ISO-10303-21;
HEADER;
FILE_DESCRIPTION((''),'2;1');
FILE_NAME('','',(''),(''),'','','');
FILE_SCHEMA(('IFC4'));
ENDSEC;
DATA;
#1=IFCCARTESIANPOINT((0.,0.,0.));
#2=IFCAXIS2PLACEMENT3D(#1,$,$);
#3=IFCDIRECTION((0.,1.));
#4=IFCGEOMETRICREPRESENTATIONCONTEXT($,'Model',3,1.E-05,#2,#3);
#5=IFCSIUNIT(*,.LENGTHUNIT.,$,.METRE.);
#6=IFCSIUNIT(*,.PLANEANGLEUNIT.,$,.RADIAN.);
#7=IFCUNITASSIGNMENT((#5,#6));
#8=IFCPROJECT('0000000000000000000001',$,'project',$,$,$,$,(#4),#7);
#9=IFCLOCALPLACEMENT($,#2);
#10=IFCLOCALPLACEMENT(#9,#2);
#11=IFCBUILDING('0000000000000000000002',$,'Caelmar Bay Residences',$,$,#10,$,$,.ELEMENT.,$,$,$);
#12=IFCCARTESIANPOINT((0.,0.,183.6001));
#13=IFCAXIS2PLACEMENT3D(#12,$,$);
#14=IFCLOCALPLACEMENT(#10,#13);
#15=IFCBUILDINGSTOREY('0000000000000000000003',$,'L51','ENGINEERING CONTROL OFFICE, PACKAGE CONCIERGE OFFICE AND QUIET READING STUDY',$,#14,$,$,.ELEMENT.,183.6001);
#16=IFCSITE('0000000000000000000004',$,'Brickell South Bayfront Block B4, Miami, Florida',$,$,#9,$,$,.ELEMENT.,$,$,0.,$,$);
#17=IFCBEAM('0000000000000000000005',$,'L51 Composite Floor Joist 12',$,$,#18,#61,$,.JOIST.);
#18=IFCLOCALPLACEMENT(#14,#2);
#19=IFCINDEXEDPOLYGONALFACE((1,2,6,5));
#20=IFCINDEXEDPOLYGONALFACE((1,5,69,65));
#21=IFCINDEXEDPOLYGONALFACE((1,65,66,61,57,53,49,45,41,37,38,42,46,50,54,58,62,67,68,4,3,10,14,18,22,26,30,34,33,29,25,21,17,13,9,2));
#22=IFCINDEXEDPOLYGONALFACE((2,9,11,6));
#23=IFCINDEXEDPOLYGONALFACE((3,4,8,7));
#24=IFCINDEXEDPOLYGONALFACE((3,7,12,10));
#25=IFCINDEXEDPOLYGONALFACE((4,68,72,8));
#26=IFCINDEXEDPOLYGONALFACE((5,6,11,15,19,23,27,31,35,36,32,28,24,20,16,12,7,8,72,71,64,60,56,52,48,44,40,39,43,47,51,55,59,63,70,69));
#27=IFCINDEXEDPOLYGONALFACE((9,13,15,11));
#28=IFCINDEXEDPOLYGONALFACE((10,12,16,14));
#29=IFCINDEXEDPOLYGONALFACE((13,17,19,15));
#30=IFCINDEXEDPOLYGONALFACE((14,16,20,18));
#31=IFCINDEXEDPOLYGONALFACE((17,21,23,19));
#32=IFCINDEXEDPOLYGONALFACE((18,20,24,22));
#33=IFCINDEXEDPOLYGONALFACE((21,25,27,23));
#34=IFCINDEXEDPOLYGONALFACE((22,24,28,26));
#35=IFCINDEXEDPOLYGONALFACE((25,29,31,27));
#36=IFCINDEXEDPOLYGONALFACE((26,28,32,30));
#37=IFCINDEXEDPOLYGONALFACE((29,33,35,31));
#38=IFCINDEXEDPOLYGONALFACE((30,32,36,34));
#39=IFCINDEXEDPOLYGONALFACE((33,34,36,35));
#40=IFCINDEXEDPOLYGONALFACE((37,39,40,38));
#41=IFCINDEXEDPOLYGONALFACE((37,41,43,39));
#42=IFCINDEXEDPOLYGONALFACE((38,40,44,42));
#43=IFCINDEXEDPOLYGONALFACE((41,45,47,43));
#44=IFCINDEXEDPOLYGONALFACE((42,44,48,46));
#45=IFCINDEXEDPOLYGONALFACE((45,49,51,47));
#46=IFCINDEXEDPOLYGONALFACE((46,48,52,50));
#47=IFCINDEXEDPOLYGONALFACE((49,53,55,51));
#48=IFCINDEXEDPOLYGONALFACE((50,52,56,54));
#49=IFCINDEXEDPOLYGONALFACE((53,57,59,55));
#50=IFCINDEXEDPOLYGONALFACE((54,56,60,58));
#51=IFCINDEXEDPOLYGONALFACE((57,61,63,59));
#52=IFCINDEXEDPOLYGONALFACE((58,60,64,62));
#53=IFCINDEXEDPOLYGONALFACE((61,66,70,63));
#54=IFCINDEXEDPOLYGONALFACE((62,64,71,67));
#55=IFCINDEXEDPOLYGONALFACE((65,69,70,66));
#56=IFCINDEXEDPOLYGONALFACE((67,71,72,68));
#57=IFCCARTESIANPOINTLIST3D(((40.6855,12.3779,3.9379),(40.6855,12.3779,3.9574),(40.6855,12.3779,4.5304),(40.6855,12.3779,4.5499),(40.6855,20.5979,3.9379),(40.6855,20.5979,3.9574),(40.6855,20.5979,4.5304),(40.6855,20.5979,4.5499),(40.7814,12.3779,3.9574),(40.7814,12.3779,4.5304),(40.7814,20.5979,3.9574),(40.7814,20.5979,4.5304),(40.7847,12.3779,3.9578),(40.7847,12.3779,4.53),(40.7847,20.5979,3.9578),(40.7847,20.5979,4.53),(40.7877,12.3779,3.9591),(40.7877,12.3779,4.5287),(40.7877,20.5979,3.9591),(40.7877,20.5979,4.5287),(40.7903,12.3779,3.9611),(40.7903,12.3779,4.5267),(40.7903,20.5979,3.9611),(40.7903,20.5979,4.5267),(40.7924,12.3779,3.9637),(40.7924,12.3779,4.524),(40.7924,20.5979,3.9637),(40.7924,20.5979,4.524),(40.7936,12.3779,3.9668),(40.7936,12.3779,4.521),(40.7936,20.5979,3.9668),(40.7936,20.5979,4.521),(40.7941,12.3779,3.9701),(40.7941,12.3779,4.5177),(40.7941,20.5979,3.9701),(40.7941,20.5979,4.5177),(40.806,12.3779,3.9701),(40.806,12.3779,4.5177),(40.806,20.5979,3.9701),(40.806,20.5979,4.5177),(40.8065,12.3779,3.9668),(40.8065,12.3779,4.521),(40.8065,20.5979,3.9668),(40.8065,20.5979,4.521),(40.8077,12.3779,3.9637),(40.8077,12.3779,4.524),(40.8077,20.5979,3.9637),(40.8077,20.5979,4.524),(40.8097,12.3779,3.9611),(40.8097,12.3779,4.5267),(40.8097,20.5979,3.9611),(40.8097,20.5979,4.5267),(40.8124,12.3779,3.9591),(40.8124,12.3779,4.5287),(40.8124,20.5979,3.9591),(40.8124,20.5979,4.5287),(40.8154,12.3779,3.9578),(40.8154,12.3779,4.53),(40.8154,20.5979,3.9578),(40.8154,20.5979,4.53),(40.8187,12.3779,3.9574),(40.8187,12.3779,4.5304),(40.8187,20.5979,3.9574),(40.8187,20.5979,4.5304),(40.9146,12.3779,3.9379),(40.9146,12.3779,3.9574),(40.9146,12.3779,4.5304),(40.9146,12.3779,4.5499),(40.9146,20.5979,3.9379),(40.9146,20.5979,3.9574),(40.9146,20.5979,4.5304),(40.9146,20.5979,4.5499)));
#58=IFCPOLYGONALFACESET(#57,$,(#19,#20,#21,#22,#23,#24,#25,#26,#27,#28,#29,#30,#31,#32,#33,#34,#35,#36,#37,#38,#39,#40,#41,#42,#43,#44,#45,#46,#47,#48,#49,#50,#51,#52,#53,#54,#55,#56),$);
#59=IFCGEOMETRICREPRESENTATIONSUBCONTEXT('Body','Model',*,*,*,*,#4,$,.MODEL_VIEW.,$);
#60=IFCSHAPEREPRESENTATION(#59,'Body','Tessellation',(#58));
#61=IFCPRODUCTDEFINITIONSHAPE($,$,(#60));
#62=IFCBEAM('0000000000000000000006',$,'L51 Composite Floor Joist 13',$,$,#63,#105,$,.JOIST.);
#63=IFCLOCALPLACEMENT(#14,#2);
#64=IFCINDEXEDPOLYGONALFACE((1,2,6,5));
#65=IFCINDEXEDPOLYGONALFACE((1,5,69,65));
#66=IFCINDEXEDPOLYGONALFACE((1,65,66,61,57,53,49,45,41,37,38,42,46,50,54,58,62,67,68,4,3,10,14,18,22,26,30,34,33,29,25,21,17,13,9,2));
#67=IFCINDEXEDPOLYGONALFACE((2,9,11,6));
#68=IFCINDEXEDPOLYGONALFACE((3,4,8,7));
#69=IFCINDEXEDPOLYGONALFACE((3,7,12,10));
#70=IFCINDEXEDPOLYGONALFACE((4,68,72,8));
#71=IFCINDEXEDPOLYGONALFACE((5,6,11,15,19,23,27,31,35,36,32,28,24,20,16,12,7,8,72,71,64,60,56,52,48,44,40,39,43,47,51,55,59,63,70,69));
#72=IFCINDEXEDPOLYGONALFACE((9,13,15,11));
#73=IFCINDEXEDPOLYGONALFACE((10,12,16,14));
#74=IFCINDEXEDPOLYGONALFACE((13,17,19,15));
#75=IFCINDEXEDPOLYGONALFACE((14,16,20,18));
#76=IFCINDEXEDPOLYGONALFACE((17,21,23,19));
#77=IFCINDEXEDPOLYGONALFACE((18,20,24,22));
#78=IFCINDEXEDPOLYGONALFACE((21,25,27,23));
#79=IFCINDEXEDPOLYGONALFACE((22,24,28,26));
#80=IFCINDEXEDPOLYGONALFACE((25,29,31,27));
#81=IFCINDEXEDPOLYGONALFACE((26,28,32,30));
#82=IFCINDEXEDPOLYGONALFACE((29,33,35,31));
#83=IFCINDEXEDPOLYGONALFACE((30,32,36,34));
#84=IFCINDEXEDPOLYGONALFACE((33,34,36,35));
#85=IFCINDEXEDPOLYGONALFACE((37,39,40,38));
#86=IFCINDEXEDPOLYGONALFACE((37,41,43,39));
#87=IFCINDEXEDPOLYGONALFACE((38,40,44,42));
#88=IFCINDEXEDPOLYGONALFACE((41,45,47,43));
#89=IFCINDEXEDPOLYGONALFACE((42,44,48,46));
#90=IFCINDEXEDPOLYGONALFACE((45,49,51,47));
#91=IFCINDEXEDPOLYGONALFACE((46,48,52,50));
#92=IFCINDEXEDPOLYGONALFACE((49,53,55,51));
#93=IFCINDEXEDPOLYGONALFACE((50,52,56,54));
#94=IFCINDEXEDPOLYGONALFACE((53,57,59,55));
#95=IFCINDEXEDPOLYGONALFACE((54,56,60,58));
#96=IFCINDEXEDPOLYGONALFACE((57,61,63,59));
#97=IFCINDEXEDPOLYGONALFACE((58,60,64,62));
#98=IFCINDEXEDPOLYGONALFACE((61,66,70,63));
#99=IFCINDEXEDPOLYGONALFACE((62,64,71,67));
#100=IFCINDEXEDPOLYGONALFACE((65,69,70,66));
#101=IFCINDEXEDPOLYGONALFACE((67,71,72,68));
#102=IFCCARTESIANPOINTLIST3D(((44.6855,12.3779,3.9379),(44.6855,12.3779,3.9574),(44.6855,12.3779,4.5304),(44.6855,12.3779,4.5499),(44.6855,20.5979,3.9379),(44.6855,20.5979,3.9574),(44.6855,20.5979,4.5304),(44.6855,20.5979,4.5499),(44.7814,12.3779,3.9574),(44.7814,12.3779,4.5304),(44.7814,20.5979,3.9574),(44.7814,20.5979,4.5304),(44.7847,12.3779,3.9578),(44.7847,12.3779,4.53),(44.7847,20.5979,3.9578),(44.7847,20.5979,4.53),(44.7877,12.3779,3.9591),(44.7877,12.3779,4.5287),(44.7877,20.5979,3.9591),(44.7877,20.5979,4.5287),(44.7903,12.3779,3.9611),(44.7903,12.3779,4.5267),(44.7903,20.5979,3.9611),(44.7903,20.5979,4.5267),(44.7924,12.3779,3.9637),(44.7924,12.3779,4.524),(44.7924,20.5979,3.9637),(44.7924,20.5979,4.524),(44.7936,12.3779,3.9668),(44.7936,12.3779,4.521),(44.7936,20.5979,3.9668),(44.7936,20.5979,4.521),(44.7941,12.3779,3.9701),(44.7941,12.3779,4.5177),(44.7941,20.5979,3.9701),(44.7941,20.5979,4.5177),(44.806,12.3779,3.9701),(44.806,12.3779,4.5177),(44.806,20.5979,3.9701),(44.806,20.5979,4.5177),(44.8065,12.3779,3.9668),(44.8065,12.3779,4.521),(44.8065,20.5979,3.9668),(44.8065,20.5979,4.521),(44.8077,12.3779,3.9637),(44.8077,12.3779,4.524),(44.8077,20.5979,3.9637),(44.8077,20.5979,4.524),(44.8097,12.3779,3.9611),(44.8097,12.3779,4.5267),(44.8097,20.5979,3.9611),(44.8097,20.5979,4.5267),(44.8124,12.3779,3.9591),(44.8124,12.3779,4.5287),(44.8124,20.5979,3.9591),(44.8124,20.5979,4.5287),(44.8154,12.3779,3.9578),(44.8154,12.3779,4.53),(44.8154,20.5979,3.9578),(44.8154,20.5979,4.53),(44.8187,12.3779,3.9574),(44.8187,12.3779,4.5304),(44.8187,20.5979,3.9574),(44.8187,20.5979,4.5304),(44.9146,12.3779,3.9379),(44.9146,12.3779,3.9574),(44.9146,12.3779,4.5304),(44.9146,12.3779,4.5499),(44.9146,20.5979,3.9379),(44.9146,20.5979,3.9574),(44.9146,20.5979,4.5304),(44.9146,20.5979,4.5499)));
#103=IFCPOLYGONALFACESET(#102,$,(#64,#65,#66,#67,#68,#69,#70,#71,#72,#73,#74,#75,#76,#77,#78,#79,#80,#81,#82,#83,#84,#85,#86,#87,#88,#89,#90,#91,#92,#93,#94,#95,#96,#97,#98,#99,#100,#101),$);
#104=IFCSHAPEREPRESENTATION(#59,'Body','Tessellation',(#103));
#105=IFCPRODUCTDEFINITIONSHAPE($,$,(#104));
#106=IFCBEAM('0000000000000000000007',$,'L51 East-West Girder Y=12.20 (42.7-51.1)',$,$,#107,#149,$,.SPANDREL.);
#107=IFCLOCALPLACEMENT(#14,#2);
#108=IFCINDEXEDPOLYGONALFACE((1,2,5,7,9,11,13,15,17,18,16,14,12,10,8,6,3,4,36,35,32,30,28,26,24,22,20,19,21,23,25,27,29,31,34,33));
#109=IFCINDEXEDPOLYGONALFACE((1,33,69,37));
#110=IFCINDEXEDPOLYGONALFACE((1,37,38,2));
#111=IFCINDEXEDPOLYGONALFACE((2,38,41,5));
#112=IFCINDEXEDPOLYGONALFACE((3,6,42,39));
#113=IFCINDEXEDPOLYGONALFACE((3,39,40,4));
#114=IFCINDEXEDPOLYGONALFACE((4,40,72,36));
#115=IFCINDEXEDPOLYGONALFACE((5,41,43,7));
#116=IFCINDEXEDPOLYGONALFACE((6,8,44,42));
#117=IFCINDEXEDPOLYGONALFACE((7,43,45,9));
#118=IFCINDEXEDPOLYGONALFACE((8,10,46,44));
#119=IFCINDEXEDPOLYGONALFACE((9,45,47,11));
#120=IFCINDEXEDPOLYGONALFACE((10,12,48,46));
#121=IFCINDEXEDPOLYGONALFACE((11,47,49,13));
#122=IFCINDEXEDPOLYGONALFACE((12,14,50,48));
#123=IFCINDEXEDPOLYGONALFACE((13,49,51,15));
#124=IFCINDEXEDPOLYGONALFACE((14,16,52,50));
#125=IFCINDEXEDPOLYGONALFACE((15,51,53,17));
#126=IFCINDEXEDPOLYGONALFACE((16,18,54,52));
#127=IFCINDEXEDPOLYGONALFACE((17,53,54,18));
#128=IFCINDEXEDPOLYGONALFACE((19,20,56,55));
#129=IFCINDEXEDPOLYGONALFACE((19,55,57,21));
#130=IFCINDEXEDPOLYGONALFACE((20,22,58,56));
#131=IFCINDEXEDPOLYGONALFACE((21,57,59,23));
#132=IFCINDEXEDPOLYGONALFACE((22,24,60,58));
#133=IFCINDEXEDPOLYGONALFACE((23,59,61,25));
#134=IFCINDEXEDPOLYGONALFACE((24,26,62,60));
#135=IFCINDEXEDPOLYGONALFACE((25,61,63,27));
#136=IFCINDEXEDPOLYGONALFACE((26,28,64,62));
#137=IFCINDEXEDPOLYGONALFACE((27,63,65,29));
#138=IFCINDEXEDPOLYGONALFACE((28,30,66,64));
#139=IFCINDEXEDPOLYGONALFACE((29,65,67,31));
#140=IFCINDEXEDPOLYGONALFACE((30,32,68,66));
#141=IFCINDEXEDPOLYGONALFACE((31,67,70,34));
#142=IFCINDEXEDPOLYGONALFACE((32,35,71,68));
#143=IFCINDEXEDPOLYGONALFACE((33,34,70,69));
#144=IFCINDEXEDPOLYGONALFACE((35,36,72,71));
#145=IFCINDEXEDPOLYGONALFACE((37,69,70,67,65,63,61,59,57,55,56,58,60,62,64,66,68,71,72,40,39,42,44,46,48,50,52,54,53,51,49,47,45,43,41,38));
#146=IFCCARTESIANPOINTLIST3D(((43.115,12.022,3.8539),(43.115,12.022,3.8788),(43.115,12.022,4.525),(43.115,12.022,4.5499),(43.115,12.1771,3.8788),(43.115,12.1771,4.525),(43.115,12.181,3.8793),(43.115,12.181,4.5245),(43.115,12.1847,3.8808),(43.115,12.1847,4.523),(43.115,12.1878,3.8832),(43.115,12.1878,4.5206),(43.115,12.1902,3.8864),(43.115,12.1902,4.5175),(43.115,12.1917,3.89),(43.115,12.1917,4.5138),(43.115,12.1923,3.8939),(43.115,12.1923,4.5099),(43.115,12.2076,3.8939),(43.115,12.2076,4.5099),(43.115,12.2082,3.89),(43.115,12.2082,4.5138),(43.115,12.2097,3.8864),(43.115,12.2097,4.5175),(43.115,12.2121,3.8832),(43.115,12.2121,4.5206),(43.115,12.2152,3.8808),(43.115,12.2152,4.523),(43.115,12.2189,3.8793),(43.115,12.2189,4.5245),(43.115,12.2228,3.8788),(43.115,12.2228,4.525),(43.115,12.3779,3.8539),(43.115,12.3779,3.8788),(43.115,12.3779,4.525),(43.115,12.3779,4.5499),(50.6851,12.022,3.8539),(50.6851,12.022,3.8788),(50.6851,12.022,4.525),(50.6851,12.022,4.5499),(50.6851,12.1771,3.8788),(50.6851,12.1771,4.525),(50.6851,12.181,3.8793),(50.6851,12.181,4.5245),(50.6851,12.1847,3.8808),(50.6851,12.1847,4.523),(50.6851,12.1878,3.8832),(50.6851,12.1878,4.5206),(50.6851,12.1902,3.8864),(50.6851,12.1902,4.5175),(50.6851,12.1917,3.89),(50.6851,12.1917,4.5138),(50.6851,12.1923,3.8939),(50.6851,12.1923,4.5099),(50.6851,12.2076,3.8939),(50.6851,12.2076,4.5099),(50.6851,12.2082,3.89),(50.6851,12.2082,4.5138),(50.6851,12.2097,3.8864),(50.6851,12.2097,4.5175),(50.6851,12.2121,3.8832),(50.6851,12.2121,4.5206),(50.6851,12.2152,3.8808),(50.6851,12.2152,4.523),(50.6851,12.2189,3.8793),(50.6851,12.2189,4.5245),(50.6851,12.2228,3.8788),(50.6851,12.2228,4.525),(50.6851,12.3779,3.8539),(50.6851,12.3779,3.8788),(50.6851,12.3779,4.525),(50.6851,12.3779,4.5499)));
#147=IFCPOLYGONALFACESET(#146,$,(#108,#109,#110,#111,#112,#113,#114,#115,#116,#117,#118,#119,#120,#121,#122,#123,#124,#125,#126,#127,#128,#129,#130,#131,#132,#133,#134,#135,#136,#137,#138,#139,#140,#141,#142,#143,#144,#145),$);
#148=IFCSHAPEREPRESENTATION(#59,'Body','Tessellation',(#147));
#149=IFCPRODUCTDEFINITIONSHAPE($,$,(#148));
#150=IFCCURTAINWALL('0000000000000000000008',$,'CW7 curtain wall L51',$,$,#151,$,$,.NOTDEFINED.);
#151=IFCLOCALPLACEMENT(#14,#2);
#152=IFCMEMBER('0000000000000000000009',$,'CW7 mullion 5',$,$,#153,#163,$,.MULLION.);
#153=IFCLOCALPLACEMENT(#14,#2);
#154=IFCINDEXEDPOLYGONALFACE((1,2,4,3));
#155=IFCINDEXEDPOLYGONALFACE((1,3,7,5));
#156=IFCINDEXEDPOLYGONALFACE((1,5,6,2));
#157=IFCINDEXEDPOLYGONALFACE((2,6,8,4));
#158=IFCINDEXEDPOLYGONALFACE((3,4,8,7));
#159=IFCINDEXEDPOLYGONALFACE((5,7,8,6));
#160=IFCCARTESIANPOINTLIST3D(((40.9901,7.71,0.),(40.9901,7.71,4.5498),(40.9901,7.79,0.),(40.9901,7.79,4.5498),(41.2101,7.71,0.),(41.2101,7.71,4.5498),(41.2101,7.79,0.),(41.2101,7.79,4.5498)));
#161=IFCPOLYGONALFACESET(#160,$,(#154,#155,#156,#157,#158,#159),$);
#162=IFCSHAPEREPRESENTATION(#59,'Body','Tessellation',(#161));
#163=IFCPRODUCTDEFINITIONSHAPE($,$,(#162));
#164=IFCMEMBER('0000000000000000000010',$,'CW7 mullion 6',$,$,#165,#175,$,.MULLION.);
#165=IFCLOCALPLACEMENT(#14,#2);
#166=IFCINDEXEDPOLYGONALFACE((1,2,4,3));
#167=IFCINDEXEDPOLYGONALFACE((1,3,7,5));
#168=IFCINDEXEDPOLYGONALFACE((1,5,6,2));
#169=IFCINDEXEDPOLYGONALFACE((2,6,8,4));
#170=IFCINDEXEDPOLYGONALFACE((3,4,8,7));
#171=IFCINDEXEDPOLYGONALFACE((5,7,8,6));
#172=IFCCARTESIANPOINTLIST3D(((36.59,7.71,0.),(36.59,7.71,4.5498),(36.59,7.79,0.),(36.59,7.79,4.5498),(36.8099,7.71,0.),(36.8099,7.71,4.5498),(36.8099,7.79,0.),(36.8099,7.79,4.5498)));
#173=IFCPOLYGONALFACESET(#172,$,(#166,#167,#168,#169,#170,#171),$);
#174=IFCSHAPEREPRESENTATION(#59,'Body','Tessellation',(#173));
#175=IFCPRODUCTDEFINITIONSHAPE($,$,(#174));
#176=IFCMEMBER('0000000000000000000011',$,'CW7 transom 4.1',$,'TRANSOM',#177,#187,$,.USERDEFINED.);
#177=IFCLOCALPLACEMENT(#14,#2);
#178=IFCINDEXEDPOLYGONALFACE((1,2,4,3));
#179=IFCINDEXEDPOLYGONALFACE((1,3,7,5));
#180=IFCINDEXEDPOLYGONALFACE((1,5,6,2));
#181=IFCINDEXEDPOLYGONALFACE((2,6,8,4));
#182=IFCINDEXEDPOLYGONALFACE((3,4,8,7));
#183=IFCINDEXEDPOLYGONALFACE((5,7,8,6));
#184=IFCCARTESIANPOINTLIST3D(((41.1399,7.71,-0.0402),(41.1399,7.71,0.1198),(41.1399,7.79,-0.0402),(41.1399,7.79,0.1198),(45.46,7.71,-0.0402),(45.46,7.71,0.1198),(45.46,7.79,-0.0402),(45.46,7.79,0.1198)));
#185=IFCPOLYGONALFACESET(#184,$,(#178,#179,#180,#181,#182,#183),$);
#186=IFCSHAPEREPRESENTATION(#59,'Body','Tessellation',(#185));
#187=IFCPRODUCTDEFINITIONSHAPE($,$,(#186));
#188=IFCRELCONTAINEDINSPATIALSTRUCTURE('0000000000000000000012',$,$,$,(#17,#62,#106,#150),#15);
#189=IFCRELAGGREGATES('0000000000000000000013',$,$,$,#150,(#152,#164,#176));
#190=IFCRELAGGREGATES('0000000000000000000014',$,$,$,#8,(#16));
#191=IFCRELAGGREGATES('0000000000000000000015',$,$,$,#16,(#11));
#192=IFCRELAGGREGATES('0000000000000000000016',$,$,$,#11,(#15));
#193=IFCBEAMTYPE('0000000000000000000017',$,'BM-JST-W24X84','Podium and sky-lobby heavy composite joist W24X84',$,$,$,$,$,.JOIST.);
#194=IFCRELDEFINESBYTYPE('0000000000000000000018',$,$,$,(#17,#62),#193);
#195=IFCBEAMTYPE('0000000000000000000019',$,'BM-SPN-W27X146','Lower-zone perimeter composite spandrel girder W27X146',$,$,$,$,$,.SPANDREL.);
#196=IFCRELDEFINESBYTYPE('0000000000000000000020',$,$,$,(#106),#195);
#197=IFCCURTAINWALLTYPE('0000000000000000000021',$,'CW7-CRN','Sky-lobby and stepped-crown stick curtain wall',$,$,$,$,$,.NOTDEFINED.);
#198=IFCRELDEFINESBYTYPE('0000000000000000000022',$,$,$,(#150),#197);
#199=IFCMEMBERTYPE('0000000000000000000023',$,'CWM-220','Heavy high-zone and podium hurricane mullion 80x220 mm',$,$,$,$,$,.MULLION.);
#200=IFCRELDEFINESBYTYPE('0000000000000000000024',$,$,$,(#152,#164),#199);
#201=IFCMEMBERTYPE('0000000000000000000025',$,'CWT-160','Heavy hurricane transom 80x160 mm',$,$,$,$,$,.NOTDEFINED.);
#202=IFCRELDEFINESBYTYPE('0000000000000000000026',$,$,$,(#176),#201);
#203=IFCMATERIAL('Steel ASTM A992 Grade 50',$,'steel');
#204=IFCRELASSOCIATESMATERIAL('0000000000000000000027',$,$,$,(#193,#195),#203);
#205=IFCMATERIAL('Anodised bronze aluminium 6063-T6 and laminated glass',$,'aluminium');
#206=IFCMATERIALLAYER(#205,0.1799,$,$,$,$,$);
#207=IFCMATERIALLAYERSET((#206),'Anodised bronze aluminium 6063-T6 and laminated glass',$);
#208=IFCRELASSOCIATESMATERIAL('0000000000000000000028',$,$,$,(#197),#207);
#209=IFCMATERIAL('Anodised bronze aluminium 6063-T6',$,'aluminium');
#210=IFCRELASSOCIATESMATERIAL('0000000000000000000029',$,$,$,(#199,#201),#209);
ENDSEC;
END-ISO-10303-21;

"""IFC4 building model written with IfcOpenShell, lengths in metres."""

from ifc_helpers import new_model, si_unit, direction, frame, origin, origin_2d, place, context, subcontext, project, spatial, rectangle, i_section, extrude, material, layer, layer_set, material_profile, profile_set, type_object, element, aggregate, save


model = new_model("IFC4")

# Units and contexts
model_context = context("Model", 3, precision=1e-05, world=origin(), true_north=direction((0.0, 1.0)))
body_context = subcontext(model_context, "Body", "Model", "MODEL_VIEW")
ifc_project = project(units=[si_unit("LENGTHUNIT", "METRE"), si_unit("PLANEANGLEUNIT", "RADIAN")], contexts=[model_context])

# Site, building, storey
site_placement = place(None, origin())
site = spatial("IfcSite", under=ifc_project, at=site_placement, Name="Brickell South Bayfront Block B4, Miami, Florida", CompositionType="ELEMENT", RefElevation=0.0)
building_placement = place(site_placement, origin())
building = spatial("IfcBuilding", under=site, at=building_placement, Name="Caelmar Bay Residences", CompositionType="ELEMENT")
storey_placement = place(building_placement, frame((0.0, 0.0, 183.6001)))
storey = spatial("IfcBuildingStorey", under=building, at=storey_placement, Name="L51", Description="ENGINEERING CONTROL OFFICE, PACKAGE CONCIERGE OFFICE AND QUIET READING STUDY", CompositionType="ELEMENT", Elevation=183.6001)

# Beams
ifc_material_1 = material(Name="Steel ASTM A992 Grade 50", Category="steel")
ifc_material_profile_1 = material_profile(ifc_material_1, i_section(OverallWidth=0.229, OverallDepth=0.6121, WebThickness=0.012, FlangeThickness=0.0195, FilletRadius=0.0127, at=origin_2d()), Name="W24X84")
ifc_profile_set_1 = profile_set([ifc_material_profile_1], Name="Steel ASTM A992 Grade 50")
beam_type_1 = type_object("IfcBeamType", Name="BM-JST-W24X84", Description="Podium and sky-lobby heavy composite joist W24X84", PredefinedType="JOIST", material=ifc_profile_set_1)
for number, where, z_axis, x_axis, name in (
    (1, (40.8, 12.3779, 4.2439), (0.0, 1.0, 0.0), (-1.0, 0.0, 0.0), "L51 Composite Floor Joist 12"),
    (2, (44.8, 12.3779, 4.2439), (0.0, 1.0, 0.0), (-1.0, 0.0, 0.0), "L51 Composite Floor Joist 13"),
):
    element("IfcBeam", number, at=place(storey_placement, frame(where, z_axis=z_axis, x_axis=x_axis)), inside=storey, type_object=beam_type_1, Name=name, PredefinedType="JOIST", context=body_context, shape_type="SweptSolid", body=[
        extrude(i_section(OverallWidth=0.229, OverallDepth=0.6121, WebThickness=0.012, FlangeThickness=0.0195, FilletRadius=0.0127, at=origin_2d()), origin(), (0.0, 0.0, 1.0), 8.22),
    ])
ifc_material_profile_2 = material_profile(ifc_material_1, i_section(OverallWidth=0.356, OverallDepth=0.696, WebThickness=0.0154, FlangeThickness=0.0249, FilletRadius=0.0151, at=origin_2d()), Name="W27X146")
ifc_profile_set_2 = profile_set([ifc_material_profile_2], Name="Steel ASTM A992 Grade 50")
beam_type_2 = type_object("IfcBeamType", Name="BM-SPN-W27X146", Description="Lower-zone perimeter composite spandrel girder W27X146", PredefinedType="SPANDREL", material=ifc_profile_set_2)
beam_1_placement = place(storey_placement, frame((43.115, 12.2, 4.2019), z_axis=(1.0, 0.0, 0.0), x_axis=(0.0, 1.0, 0.0)))
element("IfcBeam", 3, at=beam_1_placement, inside=storey, type_object=beam_type_2, Name="L51 East-West Girder Y=12.20 (42.7-51.1)", PredefinedType="SPANDREL", context=body_context, shape_type="SweptSolid", body=[
    extrude(i_section(OverallWidth=0.356, OverallDepth=0.696, WebThickness=0.0154, FlangeThickness=0.0249, FilletRadius=0.0151, at=origin_2d()), origin(), (0.0, 0.0, 1.0), 7.5701),
])

# Curtain wall, members
ifc_material_2 = material(Name="Anodised bronze aluminium 6063-T6 and laminated glass", Category="aluminium")
ifc_layer_1 = layer(ifc_material_2, 0.1799)
ifc_layer_set_1 = layer_set([ifc_layer_1], Name="Anodised bronze aluminium 6063-T6 and laminated glass")
curtain_wall_type = type_object("IfcCurtainWallType", Name="CW7-CRN", Description="Sky-lobby and stepped-crown stick curtain wall", PredefinedType="NOTDEFINED", material=ifc_layer_set_1)
curtain_wall_placement = place(storey_placement, origin())
curtain_wall = element("IfcCurtainWall", 4, at=curtain_wall_placement, inside=storey, type_object=curtain_wall_type, Name="CW7 curtain wall L51", PredefinedType="NOTDEFINED")
ifc_material_3 = material(Name="Anodised bronze aluminium 6063-T6", Category="aluminium")
ifc_material_profile_3 = material_profile(ifc_material_3, rectangle(XDim=0.0801, YDim=0.22, at=origin_2d()), Name="CWM-80X220")
ifc_profile_set_3 = profile_set([ifc_material_profile_3], Name="Anodised bronze aluminium 6063-T6")
member_type_1 = type_object("IfcMemberType", Name="CWM-220", Description="Heavy high-zone and podium hurricane mullion 80x220 mm", PredefinedType="MULLION", material=ifc_profile_set_3)
member_1_placement = place(storey_placement, frame((41.1001, 7.75, 0.0), z_axis=(0.0, 0.0, 1.0), x_axis=(0.0, -1.0, 0.0)))
member_1 = element("IfcMember", 5, at=member_1_placement, type_object=member_type_1, Name="CW7 mullion 5", PredefinedType="MULLION", context=body_context, shape_type="SweptSolid", body=[
    extrude(rectangle(XDim=0.0801, YDim=0.22, at=origin_2d()), origin(), (0.0, 0.0, 1.0), 4.5498),
])
member_2_placement = place(storey_placement, frame((36.7, 7.75, 0.0), z_axis=(0.0, 0.0, 1.0), x_axis=(0.0, -1.0, 0.0)))
member_2 = element("IfcMember", 6, at=member_2_placement, type_object=member_type_1, Name="CW7 mullion 6", PredefinedType="MULLION", context=body_context, shape_type="SweptSolid", body=[
    extrude(rectangle(XDim=0.0801, YDim=0.22, at=origin_2d()), origin(), (0.0, 0.0, 1.0), 4.5498),
])
ifc_material_profile_4 = material_profile(ifc_material_3, rectangle(XDim=0.0801, YDim=0.1599, at=origin_2d()), Name="CWT-80X160")
ifc_profile_set_4 = profile_set([ifc_material_profile_4], Name="Anodised bronze aluminium 6063-T6")
member_type_2 = type_object("IfcMemberType", Name="CWT-160", Description="Heavy hurricane transom 80x160 mm", PredefinedType="NOTDEFINED", material=ifc_profile_set_4)
member_3_placement = place(storey_placement, frame((45.46, 7.75, 0.0398), z_axis=(-1.0, 0.0, 0.0), x_axis=(0.0, -1.0, 0.0)))
member_3 = element("IfcMember", 7, at=member_3_placement, type_object=member_type_2, Name="CW7 transom 4.1", ObjectType="TRANSOM", PredefinedType="USERDEFINED", context=body_context, shape_type="SweptSolid", body=[
    extrude(rectangle(XDim=0.0801, YDim=0.1599, at=origin_2d()), origin(), (0.0, 0.0, 1.0), 4.3201),
])
aggregate(curtain_wall, [member_1, member_2, member_3])

save(model, "model.ifc")
